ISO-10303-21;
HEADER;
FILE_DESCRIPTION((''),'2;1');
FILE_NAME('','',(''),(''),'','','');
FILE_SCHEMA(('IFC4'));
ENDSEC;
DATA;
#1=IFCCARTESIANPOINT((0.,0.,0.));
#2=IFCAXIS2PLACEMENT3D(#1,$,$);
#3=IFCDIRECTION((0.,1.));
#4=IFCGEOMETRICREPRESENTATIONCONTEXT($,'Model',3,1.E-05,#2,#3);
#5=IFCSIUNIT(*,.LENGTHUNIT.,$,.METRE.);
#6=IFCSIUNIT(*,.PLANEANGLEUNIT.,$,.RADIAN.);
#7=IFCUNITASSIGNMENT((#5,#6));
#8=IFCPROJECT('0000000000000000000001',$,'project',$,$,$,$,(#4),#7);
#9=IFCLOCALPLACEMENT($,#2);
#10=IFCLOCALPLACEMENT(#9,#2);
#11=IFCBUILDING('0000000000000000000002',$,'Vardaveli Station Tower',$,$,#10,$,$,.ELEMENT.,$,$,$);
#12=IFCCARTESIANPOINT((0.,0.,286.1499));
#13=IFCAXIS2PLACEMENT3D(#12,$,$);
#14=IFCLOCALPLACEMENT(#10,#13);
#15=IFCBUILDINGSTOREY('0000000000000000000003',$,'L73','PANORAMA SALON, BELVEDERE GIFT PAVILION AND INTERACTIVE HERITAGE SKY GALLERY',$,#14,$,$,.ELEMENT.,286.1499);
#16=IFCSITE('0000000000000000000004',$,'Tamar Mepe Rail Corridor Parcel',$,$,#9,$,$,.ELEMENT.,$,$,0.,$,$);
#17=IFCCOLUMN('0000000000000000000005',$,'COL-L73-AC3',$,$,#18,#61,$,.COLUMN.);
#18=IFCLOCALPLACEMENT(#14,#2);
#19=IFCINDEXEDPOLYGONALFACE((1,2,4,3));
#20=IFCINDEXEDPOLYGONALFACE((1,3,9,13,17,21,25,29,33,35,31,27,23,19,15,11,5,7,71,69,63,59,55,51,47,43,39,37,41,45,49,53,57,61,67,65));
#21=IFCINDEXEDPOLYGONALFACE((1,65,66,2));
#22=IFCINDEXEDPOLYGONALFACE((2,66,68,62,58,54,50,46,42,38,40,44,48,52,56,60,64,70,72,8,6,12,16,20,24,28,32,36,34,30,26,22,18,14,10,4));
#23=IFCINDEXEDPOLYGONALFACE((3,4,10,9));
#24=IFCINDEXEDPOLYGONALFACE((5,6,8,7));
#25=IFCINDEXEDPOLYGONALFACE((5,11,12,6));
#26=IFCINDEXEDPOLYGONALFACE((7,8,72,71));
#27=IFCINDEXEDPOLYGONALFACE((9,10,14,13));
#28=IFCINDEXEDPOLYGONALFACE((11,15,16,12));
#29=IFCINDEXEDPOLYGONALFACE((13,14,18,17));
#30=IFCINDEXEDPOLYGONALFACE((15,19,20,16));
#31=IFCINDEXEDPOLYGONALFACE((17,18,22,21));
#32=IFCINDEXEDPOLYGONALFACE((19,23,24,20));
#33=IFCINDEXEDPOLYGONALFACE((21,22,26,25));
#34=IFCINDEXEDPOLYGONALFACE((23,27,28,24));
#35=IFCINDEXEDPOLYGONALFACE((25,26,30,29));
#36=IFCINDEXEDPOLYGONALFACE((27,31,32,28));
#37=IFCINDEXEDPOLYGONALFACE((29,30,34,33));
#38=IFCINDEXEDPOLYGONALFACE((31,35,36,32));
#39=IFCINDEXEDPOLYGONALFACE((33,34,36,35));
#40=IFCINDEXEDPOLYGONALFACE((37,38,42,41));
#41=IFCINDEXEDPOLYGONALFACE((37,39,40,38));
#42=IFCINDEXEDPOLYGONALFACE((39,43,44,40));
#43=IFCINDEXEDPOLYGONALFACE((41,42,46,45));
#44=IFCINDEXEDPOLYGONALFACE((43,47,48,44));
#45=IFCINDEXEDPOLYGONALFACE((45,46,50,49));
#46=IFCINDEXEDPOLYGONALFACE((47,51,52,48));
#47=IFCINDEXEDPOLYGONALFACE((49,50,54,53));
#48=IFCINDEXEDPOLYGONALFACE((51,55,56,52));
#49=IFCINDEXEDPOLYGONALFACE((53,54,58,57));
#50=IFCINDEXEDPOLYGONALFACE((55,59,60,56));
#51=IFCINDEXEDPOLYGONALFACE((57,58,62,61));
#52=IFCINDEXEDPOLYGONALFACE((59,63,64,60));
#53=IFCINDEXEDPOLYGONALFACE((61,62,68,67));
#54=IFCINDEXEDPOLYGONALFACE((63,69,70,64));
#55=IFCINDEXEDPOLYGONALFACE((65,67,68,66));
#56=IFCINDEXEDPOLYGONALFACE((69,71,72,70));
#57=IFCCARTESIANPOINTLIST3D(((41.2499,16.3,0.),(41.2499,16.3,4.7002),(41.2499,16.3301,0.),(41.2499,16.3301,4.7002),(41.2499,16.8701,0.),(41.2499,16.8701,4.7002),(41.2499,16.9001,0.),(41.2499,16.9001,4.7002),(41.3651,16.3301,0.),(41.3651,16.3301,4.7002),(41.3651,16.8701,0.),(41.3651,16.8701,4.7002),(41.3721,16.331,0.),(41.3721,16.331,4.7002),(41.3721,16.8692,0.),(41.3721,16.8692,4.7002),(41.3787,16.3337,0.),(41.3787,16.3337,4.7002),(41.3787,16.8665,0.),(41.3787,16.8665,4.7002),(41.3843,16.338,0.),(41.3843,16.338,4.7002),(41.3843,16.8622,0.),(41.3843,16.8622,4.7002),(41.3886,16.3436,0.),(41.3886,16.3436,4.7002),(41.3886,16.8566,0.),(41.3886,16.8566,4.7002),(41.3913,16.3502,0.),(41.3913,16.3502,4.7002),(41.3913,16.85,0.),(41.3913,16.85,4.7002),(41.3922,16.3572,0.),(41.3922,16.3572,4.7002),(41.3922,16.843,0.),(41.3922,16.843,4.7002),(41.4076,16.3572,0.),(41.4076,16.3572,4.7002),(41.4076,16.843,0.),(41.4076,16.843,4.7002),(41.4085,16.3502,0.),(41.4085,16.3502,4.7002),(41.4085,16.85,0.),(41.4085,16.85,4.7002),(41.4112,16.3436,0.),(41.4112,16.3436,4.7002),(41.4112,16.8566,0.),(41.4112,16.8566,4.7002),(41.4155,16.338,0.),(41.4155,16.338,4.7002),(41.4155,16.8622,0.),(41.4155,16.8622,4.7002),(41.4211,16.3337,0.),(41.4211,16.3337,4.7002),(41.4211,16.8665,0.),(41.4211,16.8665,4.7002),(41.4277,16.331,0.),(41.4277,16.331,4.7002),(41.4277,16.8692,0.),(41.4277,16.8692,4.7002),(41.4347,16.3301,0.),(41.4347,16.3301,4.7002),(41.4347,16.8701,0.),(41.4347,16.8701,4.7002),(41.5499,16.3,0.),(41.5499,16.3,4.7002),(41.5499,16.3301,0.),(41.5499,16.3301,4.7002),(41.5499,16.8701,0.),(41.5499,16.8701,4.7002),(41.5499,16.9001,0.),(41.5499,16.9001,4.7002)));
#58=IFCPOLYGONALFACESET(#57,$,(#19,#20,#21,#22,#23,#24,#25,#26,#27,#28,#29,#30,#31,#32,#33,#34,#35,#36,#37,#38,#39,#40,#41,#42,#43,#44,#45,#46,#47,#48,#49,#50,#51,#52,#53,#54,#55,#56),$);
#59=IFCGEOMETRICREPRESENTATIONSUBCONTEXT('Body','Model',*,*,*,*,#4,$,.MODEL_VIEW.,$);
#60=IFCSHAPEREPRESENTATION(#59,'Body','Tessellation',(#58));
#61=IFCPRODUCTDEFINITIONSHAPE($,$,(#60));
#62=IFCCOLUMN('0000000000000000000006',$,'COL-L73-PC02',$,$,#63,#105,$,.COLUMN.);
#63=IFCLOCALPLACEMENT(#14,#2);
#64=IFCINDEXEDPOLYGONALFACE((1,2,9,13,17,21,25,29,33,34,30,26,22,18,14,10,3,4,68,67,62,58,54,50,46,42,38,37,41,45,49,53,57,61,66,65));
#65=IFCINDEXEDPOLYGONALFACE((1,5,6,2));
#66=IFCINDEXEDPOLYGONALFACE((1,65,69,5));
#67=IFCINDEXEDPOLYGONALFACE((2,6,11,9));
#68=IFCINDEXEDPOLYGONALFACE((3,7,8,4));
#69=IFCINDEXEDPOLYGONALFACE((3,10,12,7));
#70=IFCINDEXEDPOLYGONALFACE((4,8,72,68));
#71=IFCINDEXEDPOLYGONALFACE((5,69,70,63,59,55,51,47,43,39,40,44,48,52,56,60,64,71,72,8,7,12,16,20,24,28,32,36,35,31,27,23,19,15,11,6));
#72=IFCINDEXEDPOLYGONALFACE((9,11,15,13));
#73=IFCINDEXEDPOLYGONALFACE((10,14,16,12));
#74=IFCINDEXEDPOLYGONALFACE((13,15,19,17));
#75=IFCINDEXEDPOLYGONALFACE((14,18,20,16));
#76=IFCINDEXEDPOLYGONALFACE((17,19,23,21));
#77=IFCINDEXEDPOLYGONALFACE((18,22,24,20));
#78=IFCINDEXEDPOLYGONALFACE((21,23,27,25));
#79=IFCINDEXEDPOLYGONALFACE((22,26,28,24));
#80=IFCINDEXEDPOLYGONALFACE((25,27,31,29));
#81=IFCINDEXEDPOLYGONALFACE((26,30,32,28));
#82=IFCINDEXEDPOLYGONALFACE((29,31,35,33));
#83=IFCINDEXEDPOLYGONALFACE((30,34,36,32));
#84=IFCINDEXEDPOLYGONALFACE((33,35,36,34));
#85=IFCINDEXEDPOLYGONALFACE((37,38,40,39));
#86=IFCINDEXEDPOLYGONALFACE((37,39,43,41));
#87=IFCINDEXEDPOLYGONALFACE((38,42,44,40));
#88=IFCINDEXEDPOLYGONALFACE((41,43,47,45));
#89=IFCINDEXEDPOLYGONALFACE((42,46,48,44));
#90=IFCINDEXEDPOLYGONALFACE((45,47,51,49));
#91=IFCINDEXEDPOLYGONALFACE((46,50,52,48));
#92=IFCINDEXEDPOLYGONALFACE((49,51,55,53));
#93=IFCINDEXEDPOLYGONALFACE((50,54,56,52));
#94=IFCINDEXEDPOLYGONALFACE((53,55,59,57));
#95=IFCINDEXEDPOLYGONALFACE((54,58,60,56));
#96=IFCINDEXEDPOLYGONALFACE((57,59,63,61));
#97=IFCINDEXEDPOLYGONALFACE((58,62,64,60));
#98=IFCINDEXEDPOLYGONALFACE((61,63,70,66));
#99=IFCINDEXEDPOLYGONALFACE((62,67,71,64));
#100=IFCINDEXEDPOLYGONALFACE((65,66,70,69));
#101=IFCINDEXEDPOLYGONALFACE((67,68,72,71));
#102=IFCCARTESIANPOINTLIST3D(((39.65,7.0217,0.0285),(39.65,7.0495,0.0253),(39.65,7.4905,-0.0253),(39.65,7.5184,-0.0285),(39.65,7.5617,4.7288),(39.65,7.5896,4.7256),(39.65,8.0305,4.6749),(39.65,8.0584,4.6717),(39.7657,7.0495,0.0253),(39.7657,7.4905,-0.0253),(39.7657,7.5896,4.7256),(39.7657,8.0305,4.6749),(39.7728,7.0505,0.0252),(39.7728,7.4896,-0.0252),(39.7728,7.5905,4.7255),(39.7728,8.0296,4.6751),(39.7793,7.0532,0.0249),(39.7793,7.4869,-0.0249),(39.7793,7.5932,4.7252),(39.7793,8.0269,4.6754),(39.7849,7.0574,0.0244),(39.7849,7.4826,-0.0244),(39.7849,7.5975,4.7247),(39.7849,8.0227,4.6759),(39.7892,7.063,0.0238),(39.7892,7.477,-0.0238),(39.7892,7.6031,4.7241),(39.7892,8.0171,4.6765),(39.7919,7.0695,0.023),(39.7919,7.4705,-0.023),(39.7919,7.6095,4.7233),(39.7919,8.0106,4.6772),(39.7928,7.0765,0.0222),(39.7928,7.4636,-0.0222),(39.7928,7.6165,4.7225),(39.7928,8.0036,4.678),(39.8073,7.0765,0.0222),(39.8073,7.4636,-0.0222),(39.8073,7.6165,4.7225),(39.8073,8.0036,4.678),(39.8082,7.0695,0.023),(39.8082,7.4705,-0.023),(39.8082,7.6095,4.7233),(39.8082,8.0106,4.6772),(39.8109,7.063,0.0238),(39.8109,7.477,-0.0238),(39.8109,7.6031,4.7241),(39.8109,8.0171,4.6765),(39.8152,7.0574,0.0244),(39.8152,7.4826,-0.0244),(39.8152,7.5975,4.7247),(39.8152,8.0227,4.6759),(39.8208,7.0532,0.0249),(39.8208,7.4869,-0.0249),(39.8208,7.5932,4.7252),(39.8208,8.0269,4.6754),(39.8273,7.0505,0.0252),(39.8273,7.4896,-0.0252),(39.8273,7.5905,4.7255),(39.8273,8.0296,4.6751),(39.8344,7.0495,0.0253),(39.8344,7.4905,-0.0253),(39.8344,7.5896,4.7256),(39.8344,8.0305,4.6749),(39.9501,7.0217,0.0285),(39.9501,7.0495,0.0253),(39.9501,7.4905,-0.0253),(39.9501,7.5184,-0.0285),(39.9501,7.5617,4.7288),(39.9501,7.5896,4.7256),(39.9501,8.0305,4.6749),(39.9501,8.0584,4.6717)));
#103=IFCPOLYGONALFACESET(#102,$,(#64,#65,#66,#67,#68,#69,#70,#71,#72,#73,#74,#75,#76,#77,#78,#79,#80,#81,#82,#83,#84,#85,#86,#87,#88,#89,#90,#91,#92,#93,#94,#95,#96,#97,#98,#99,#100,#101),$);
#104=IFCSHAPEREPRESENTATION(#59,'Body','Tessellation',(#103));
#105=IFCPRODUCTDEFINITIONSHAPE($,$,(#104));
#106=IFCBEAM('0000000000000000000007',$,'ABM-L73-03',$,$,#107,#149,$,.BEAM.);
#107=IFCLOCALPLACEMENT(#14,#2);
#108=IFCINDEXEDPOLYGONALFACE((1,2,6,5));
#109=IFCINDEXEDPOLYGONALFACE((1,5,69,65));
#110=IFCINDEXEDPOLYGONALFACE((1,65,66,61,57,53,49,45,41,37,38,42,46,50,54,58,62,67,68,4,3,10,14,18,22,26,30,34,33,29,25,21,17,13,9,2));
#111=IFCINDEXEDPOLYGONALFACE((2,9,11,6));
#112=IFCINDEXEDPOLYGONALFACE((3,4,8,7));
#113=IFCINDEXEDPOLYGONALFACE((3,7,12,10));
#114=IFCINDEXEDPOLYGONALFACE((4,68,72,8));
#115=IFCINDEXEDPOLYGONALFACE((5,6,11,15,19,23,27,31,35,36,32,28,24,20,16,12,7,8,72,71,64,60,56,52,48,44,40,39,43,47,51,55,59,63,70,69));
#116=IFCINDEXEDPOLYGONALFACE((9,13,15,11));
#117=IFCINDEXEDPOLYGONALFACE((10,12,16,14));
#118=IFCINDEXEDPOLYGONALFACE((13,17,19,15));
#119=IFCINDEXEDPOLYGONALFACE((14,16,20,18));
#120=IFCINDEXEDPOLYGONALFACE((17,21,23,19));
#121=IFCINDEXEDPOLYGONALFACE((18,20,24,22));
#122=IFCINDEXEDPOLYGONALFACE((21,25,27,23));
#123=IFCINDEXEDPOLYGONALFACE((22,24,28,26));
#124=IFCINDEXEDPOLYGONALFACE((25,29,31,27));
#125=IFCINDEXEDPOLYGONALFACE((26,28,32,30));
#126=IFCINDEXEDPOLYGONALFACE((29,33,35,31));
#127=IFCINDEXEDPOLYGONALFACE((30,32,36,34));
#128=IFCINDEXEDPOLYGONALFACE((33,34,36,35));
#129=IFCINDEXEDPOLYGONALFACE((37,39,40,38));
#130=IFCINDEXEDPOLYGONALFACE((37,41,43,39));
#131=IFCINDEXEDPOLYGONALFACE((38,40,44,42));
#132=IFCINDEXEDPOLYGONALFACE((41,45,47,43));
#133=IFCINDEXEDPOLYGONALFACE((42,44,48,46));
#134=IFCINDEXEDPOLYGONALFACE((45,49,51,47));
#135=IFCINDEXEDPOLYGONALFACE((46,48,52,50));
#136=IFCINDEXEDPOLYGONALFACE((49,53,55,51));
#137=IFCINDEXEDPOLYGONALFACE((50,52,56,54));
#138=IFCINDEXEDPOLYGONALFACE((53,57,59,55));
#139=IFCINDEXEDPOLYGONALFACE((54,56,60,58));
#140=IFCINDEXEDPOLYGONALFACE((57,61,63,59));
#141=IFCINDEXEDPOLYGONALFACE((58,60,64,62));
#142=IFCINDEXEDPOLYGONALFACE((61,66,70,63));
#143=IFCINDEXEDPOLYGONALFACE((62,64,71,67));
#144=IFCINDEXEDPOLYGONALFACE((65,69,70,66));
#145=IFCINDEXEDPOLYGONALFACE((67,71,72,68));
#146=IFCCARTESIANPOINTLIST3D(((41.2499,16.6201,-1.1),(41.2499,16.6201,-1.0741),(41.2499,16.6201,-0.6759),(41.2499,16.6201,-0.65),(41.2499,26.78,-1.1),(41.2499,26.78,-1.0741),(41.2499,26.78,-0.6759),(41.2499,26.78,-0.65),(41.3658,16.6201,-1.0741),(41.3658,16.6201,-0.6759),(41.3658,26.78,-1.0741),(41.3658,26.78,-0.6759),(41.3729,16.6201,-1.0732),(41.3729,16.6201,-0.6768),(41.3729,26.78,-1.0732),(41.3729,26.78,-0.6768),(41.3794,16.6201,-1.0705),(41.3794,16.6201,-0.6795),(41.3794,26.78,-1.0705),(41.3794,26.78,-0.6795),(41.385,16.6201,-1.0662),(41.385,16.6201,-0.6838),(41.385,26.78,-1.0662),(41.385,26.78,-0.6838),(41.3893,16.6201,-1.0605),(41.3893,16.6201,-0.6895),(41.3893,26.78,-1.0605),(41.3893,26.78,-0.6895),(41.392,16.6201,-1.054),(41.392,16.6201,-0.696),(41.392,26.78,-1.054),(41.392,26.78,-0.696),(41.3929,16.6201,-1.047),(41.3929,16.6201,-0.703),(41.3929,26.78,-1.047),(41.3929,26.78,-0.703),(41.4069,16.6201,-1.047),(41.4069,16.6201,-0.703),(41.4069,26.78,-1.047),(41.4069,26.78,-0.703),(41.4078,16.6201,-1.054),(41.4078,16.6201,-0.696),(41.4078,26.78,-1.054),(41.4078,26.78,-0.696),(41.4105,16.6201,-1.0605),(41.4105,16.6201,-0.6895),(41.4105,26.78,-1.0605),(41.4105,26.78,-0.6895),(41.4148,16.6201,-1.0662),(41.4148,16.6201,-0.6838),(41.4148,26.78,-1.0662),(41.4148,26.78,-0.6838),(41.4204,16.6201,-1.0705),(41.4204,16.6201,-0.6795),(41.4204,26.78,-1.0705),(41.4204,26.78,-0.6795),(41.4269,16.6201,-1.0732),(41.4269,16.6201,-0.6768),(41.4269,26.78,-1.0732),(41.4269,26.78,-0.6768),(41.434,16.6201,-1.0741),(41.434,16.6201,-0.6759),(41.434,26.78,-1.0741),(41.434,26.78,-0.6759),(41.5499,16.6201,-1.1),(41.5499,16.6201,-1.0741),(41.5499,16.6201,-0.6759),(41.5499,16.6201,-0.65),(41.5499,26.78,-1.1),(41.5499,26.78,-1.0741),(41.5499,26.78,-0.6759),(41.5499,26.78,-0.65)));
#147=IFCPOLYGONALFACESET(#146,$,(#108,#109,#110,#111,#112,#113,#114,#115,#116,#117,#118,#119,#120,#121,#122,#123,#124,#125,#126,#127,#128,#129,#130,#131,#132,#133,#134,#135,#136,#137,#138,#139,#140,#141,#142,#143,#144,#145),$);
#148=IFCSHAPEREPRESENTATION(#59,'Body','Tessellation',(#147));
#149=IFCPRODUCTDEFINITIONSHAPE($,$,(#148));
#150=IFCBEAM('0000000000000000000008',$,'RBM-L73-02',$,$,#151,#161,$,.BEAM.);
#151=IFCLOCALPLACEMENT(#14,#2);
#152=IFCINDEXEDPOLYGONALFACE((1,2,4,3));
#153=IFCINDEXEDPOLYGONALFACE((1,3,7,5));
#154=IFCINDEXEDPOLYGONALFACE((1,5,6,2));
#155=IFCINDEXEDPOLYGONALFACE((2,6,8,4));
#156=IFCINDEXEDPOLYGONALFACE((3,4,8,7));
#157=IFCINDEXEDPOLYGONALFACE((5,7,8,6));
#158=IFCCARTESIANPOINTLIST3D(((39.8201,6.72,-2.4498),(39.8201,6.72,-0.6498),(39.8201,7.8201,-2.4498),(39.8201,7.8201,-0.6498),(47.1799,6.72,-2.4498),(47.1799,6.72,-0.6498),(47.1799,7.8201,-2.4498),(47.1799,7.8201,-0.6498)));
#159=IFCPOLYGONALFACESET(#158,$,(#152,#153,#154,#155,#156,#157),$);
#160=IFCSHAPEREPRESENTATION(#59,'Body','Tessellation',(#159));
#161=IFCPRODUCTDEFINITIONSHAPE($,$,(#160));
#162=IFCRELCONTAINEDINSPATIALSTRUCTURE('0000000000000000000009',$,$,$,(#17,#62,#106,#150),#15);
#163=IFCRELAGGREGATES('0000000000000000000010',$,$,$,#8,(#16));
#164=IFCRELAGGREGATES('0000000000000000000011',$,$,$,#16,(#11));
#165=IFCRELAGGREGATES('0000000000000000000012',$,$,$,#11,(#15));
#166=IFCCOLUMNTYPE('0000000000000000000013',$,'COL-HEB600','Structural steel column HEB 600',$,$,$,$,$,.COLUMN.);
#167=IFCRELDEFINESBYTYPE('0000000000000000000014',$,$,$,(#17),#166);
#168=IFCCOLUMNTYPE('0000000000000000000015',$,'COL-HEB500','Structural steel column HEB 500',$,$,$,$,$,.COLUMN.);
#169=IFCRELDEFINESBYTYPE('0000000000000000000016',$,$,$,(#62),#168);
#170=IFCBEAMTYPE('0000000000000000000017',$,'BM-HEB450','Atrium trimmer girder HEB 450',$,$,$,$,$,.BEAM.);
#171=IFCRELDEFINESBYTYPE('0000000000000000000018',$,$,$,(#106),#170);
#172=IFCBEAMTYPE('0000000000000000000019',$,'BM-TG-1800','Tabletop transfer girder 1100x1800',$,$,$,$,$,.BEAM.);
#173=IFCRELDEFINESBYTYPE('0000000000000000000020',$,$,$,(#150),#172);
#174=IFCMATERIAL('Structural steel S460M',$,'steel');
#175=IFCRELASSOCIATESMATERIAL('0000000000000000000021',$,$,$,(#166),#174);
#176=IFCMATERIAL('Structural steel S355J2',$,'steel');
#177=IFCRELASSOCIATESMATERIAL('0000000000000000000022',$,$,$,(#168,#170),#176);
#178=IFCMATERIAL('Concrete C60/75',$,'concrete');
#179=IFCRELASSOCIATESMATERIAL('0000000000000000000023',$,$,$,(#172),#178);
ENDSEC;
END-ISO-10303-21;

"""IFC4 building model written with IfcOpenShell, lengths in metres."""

from ifc_helpers import new_model, si_unit, direction, frame, origin, origin_2d, place, context, subcontext, project, spatial, rectangle, i_section, extrude, source, transform, mapped, material, material_profile, profile_set, type_object, element, save


model = new_model("IFC4")

# Units and contexts
model_context = context("Model", 3, precision=1e-05, world=origin(), true_north=direction((0.0, 1.0)))
body_context = subcontext(model_context, "Body", "Model", "MODEL_VIEW")
ifc_project = project(units=[si_unit("LENGTHUNIT", "METRE"), si_unit("PLANEANGLEUNIT", "RADIAN")], contexts=[model_context])

# Site, building, storey
site_placement = place(None, origin())
site = spatial("IfcSite", under=ifc_project, at=site_placement, Name="Tamar Mepe Rail Corridor Parcel", CompositionType="ELEMENT", RefElevation=0.0)
building_placement = place(site_placement, origin())
building = spatial("IfcBuilding", under=site, at=building_placement, Name="Vardaveli Station Tower", CompositionType="ELEMENT")
storey_placement = place(building_placement, frame((0.0, 0.0, 286.1499)))
storey = spatial("IfcBuildingStorey", under=building, at=storey_placement, Name="L73", Description="PANORAMA SALON, BELVEDERE GIFT PAVILION AND INTERACTIVE HERITAGE SKY GALLERY", CompositionType="ELEMENT", Elevation=286.1499)

# Columns
ifc_material_1 = material(Name="Structural steel S460M", Category="steel")
ifc_material_profile_1 = material_profile(ifc_material_1, i_section(OverallWidth=0.3, OverallDepth=0.6001, WebThickness=0.0154, FlangeThickness=0.03, FilletRadius=0.0271, at=origin_2d()), Name="HEB 600")
ifc_profile_set_1 = profile_set([ifc_material_profile_1], Name="Structural steel S460M")
column_type_1 = type_object("IfcColumnType", Name="COL-HEB600", Description="Structural steel column HEB 600", PredefinedType="COLUMN", material=ifc_profile_set_1)
shared_shape_1 = source(origin(), body_context, "Body", "SweptSolid", [
    extrude(i_section(OverallWidth=0.3, OverallDepth=0.6001, WebThickness=0.0154, FlangeThickness=0.03, FilletRadius=0.0271, at=origin_2d()), origin(), (0.0, 0.0, 1.0), 4.7002),
])
column_1_placement = place(storey_placement, frame((41.3999, 16.6001, 0.0), z_axis=(0.0, 0.0, 1.0), x_axis=(1.0, 0.0, 0.0)))
element("IfcColumn", 1, at=column_1_placement, inside=storey, type_object=column_type_1, Name="COL-L73-AC3", PredefinedType="COLUMN", context=body_context, shape_type="MappedRepresentation", body=[
    mapped(shared_shape_1, transform((0.0, 0.0, 0.0), scale=1.0)),
])
ifc_material_2 = material(Name="Structural steel S355J2", Category="steel")
ifc_material_profile_2 = material_profile(ifc_material_2, i_section(OverallWidth=0.3, OverallDepth=0.5, WebThickness=0.0144, FlangeThickness=0.0281, FilletRadius=0.0271, at=origin_2d()), Name="HEB 500")
ifc_profile_set_2 = profile_set([ifc_material_profile_2], Name="Structural steel S355J2")
column_type_2 = type_object("IfcColumnType", Name="COL-HEB500", Description="Structural steel column HEB 500", PredefinedType="COLUMN", material=ifc_profile_set_2)
shared_shape_2 = source(origin(), body_context, "Body", "SweptSolid", [
    extrude(i_section(OverallWidth=0.3, OverallDepth=0.5, WebThickness=0.0144, FlangeThickness=0.0281, FilletRadius=0.0271, at=origin_2d()), origin(), (0.0, 0.0, 1.0), 4.7312),
])
column_2_placement = place(storey_placement, frame((39.8, 7.27, 0.0), z_axis=(0.0, 0.114146, 0.993464), x_axis=(-1.0, 0.0, 0.0)))
element("IfcColumn", 2, at=column_2_placement, inside=storey, type_object=column_type_2, Name="COL-L73-PC02", PredefinedType="COLUMN", context=body_context, shape_type="MappedRepresentation", body=[
    mapped(shared_shape_2, transform((0.0, 0.0, 0.0), scale=1.0)),
])

# Beams
ifc_material_profile_3 = material_profile(ifc_material_2, i_section(OverallWidth=0.3, OverallDepth=0.45, WebThickness=0.0139, FlangeThickness=0.0259, FilletRadius=0.0271, at=origin_2d()), Name="HEB 450")
ifc_profile_set_3 = profile_set([ifc_material_profile_3], Name="Structural steel S355J2")
beam_type_1 = type_object("IfcBeamType", Name="BM-HEB450", Description="Atrium trimmer girder HEB 450", PredefinedType="BEAM", material=ifc_profile_set_3)
shared_shape_3 = source(origin(), body_context, "Body", "SweptSolid", [
    extrude(i_section(OverallWidth=0.3, OverallDepth=0.45, WebThickness=0.0139, FlangeThickness=0.0259, FilletRadius=0.0271, at=origin_2d()), origin(), (0.0, 0.0, 1.0), 10.1599),
])
beam_1_placement = place(storey_placement, frame((41.3999, 16.6201, -0.875), z_axis=(0.0, 1.0, 0.0), x_axis=(-1.0, 0.0, 0.0)))
element("IfcBeam", 3, at=beam_1_placement, inside=storey, type_object=beam_type_1, Name="ABM-L73-03", PredefinedType="BEAM", context=body_context, shape_type="MappedRepresentation", body=[
    mapped(shared_shape_3, transform((0.0, 0.0, 0.0), scale=1.0)),
])
ifc_material_3 = material(Name="Concrete C60/75", Category="concrete")
ifc_material_profile_4 = material_profile(ifc_material_3, rectangle(XDim=1.1001, YDim=1.8, at=origin_2d()), Name="TG 1100x1800")
ifc_profile_set_4 = profile_set([ifc_material_profile_4], Name="Concrete C60/75")
beam_type_2 = type_object("IfcBeamType", Name="BM-TG-1800", Description="Tabletop transfer girder 1100x1800", PredefinedType="BEAM", material=ifc_profile_set_4)
shared_shape_4 = source(origin(), body_context, "Body", "SweptSolid", [
    extrude(rectangle(XDim=1.1001, YDim=1.8, at=origin_2d()), origin(), (0.0, 0.0, 1.0), 7.3599),
])
beam_2_placement = place(storey_placement, frame((39.8201, 7.27, -1.5498), z_axis=(1.0, 0.0, 0.0), x_axis=(0.0, 1.0, 0.0)))
element("IfcBeam", 4, at=beam_2_placement, inside=storey, type_object=beam_type_2, Name="RBM-L73-02", PredefinedType="BEAM", context=body_context, shape_type="MappedRepresentation", body=[
    mapped(shared_shape_4, transform((0.0, 0.0, 0.0), scale=1.0)),
])

save(model, "model.ifc")
